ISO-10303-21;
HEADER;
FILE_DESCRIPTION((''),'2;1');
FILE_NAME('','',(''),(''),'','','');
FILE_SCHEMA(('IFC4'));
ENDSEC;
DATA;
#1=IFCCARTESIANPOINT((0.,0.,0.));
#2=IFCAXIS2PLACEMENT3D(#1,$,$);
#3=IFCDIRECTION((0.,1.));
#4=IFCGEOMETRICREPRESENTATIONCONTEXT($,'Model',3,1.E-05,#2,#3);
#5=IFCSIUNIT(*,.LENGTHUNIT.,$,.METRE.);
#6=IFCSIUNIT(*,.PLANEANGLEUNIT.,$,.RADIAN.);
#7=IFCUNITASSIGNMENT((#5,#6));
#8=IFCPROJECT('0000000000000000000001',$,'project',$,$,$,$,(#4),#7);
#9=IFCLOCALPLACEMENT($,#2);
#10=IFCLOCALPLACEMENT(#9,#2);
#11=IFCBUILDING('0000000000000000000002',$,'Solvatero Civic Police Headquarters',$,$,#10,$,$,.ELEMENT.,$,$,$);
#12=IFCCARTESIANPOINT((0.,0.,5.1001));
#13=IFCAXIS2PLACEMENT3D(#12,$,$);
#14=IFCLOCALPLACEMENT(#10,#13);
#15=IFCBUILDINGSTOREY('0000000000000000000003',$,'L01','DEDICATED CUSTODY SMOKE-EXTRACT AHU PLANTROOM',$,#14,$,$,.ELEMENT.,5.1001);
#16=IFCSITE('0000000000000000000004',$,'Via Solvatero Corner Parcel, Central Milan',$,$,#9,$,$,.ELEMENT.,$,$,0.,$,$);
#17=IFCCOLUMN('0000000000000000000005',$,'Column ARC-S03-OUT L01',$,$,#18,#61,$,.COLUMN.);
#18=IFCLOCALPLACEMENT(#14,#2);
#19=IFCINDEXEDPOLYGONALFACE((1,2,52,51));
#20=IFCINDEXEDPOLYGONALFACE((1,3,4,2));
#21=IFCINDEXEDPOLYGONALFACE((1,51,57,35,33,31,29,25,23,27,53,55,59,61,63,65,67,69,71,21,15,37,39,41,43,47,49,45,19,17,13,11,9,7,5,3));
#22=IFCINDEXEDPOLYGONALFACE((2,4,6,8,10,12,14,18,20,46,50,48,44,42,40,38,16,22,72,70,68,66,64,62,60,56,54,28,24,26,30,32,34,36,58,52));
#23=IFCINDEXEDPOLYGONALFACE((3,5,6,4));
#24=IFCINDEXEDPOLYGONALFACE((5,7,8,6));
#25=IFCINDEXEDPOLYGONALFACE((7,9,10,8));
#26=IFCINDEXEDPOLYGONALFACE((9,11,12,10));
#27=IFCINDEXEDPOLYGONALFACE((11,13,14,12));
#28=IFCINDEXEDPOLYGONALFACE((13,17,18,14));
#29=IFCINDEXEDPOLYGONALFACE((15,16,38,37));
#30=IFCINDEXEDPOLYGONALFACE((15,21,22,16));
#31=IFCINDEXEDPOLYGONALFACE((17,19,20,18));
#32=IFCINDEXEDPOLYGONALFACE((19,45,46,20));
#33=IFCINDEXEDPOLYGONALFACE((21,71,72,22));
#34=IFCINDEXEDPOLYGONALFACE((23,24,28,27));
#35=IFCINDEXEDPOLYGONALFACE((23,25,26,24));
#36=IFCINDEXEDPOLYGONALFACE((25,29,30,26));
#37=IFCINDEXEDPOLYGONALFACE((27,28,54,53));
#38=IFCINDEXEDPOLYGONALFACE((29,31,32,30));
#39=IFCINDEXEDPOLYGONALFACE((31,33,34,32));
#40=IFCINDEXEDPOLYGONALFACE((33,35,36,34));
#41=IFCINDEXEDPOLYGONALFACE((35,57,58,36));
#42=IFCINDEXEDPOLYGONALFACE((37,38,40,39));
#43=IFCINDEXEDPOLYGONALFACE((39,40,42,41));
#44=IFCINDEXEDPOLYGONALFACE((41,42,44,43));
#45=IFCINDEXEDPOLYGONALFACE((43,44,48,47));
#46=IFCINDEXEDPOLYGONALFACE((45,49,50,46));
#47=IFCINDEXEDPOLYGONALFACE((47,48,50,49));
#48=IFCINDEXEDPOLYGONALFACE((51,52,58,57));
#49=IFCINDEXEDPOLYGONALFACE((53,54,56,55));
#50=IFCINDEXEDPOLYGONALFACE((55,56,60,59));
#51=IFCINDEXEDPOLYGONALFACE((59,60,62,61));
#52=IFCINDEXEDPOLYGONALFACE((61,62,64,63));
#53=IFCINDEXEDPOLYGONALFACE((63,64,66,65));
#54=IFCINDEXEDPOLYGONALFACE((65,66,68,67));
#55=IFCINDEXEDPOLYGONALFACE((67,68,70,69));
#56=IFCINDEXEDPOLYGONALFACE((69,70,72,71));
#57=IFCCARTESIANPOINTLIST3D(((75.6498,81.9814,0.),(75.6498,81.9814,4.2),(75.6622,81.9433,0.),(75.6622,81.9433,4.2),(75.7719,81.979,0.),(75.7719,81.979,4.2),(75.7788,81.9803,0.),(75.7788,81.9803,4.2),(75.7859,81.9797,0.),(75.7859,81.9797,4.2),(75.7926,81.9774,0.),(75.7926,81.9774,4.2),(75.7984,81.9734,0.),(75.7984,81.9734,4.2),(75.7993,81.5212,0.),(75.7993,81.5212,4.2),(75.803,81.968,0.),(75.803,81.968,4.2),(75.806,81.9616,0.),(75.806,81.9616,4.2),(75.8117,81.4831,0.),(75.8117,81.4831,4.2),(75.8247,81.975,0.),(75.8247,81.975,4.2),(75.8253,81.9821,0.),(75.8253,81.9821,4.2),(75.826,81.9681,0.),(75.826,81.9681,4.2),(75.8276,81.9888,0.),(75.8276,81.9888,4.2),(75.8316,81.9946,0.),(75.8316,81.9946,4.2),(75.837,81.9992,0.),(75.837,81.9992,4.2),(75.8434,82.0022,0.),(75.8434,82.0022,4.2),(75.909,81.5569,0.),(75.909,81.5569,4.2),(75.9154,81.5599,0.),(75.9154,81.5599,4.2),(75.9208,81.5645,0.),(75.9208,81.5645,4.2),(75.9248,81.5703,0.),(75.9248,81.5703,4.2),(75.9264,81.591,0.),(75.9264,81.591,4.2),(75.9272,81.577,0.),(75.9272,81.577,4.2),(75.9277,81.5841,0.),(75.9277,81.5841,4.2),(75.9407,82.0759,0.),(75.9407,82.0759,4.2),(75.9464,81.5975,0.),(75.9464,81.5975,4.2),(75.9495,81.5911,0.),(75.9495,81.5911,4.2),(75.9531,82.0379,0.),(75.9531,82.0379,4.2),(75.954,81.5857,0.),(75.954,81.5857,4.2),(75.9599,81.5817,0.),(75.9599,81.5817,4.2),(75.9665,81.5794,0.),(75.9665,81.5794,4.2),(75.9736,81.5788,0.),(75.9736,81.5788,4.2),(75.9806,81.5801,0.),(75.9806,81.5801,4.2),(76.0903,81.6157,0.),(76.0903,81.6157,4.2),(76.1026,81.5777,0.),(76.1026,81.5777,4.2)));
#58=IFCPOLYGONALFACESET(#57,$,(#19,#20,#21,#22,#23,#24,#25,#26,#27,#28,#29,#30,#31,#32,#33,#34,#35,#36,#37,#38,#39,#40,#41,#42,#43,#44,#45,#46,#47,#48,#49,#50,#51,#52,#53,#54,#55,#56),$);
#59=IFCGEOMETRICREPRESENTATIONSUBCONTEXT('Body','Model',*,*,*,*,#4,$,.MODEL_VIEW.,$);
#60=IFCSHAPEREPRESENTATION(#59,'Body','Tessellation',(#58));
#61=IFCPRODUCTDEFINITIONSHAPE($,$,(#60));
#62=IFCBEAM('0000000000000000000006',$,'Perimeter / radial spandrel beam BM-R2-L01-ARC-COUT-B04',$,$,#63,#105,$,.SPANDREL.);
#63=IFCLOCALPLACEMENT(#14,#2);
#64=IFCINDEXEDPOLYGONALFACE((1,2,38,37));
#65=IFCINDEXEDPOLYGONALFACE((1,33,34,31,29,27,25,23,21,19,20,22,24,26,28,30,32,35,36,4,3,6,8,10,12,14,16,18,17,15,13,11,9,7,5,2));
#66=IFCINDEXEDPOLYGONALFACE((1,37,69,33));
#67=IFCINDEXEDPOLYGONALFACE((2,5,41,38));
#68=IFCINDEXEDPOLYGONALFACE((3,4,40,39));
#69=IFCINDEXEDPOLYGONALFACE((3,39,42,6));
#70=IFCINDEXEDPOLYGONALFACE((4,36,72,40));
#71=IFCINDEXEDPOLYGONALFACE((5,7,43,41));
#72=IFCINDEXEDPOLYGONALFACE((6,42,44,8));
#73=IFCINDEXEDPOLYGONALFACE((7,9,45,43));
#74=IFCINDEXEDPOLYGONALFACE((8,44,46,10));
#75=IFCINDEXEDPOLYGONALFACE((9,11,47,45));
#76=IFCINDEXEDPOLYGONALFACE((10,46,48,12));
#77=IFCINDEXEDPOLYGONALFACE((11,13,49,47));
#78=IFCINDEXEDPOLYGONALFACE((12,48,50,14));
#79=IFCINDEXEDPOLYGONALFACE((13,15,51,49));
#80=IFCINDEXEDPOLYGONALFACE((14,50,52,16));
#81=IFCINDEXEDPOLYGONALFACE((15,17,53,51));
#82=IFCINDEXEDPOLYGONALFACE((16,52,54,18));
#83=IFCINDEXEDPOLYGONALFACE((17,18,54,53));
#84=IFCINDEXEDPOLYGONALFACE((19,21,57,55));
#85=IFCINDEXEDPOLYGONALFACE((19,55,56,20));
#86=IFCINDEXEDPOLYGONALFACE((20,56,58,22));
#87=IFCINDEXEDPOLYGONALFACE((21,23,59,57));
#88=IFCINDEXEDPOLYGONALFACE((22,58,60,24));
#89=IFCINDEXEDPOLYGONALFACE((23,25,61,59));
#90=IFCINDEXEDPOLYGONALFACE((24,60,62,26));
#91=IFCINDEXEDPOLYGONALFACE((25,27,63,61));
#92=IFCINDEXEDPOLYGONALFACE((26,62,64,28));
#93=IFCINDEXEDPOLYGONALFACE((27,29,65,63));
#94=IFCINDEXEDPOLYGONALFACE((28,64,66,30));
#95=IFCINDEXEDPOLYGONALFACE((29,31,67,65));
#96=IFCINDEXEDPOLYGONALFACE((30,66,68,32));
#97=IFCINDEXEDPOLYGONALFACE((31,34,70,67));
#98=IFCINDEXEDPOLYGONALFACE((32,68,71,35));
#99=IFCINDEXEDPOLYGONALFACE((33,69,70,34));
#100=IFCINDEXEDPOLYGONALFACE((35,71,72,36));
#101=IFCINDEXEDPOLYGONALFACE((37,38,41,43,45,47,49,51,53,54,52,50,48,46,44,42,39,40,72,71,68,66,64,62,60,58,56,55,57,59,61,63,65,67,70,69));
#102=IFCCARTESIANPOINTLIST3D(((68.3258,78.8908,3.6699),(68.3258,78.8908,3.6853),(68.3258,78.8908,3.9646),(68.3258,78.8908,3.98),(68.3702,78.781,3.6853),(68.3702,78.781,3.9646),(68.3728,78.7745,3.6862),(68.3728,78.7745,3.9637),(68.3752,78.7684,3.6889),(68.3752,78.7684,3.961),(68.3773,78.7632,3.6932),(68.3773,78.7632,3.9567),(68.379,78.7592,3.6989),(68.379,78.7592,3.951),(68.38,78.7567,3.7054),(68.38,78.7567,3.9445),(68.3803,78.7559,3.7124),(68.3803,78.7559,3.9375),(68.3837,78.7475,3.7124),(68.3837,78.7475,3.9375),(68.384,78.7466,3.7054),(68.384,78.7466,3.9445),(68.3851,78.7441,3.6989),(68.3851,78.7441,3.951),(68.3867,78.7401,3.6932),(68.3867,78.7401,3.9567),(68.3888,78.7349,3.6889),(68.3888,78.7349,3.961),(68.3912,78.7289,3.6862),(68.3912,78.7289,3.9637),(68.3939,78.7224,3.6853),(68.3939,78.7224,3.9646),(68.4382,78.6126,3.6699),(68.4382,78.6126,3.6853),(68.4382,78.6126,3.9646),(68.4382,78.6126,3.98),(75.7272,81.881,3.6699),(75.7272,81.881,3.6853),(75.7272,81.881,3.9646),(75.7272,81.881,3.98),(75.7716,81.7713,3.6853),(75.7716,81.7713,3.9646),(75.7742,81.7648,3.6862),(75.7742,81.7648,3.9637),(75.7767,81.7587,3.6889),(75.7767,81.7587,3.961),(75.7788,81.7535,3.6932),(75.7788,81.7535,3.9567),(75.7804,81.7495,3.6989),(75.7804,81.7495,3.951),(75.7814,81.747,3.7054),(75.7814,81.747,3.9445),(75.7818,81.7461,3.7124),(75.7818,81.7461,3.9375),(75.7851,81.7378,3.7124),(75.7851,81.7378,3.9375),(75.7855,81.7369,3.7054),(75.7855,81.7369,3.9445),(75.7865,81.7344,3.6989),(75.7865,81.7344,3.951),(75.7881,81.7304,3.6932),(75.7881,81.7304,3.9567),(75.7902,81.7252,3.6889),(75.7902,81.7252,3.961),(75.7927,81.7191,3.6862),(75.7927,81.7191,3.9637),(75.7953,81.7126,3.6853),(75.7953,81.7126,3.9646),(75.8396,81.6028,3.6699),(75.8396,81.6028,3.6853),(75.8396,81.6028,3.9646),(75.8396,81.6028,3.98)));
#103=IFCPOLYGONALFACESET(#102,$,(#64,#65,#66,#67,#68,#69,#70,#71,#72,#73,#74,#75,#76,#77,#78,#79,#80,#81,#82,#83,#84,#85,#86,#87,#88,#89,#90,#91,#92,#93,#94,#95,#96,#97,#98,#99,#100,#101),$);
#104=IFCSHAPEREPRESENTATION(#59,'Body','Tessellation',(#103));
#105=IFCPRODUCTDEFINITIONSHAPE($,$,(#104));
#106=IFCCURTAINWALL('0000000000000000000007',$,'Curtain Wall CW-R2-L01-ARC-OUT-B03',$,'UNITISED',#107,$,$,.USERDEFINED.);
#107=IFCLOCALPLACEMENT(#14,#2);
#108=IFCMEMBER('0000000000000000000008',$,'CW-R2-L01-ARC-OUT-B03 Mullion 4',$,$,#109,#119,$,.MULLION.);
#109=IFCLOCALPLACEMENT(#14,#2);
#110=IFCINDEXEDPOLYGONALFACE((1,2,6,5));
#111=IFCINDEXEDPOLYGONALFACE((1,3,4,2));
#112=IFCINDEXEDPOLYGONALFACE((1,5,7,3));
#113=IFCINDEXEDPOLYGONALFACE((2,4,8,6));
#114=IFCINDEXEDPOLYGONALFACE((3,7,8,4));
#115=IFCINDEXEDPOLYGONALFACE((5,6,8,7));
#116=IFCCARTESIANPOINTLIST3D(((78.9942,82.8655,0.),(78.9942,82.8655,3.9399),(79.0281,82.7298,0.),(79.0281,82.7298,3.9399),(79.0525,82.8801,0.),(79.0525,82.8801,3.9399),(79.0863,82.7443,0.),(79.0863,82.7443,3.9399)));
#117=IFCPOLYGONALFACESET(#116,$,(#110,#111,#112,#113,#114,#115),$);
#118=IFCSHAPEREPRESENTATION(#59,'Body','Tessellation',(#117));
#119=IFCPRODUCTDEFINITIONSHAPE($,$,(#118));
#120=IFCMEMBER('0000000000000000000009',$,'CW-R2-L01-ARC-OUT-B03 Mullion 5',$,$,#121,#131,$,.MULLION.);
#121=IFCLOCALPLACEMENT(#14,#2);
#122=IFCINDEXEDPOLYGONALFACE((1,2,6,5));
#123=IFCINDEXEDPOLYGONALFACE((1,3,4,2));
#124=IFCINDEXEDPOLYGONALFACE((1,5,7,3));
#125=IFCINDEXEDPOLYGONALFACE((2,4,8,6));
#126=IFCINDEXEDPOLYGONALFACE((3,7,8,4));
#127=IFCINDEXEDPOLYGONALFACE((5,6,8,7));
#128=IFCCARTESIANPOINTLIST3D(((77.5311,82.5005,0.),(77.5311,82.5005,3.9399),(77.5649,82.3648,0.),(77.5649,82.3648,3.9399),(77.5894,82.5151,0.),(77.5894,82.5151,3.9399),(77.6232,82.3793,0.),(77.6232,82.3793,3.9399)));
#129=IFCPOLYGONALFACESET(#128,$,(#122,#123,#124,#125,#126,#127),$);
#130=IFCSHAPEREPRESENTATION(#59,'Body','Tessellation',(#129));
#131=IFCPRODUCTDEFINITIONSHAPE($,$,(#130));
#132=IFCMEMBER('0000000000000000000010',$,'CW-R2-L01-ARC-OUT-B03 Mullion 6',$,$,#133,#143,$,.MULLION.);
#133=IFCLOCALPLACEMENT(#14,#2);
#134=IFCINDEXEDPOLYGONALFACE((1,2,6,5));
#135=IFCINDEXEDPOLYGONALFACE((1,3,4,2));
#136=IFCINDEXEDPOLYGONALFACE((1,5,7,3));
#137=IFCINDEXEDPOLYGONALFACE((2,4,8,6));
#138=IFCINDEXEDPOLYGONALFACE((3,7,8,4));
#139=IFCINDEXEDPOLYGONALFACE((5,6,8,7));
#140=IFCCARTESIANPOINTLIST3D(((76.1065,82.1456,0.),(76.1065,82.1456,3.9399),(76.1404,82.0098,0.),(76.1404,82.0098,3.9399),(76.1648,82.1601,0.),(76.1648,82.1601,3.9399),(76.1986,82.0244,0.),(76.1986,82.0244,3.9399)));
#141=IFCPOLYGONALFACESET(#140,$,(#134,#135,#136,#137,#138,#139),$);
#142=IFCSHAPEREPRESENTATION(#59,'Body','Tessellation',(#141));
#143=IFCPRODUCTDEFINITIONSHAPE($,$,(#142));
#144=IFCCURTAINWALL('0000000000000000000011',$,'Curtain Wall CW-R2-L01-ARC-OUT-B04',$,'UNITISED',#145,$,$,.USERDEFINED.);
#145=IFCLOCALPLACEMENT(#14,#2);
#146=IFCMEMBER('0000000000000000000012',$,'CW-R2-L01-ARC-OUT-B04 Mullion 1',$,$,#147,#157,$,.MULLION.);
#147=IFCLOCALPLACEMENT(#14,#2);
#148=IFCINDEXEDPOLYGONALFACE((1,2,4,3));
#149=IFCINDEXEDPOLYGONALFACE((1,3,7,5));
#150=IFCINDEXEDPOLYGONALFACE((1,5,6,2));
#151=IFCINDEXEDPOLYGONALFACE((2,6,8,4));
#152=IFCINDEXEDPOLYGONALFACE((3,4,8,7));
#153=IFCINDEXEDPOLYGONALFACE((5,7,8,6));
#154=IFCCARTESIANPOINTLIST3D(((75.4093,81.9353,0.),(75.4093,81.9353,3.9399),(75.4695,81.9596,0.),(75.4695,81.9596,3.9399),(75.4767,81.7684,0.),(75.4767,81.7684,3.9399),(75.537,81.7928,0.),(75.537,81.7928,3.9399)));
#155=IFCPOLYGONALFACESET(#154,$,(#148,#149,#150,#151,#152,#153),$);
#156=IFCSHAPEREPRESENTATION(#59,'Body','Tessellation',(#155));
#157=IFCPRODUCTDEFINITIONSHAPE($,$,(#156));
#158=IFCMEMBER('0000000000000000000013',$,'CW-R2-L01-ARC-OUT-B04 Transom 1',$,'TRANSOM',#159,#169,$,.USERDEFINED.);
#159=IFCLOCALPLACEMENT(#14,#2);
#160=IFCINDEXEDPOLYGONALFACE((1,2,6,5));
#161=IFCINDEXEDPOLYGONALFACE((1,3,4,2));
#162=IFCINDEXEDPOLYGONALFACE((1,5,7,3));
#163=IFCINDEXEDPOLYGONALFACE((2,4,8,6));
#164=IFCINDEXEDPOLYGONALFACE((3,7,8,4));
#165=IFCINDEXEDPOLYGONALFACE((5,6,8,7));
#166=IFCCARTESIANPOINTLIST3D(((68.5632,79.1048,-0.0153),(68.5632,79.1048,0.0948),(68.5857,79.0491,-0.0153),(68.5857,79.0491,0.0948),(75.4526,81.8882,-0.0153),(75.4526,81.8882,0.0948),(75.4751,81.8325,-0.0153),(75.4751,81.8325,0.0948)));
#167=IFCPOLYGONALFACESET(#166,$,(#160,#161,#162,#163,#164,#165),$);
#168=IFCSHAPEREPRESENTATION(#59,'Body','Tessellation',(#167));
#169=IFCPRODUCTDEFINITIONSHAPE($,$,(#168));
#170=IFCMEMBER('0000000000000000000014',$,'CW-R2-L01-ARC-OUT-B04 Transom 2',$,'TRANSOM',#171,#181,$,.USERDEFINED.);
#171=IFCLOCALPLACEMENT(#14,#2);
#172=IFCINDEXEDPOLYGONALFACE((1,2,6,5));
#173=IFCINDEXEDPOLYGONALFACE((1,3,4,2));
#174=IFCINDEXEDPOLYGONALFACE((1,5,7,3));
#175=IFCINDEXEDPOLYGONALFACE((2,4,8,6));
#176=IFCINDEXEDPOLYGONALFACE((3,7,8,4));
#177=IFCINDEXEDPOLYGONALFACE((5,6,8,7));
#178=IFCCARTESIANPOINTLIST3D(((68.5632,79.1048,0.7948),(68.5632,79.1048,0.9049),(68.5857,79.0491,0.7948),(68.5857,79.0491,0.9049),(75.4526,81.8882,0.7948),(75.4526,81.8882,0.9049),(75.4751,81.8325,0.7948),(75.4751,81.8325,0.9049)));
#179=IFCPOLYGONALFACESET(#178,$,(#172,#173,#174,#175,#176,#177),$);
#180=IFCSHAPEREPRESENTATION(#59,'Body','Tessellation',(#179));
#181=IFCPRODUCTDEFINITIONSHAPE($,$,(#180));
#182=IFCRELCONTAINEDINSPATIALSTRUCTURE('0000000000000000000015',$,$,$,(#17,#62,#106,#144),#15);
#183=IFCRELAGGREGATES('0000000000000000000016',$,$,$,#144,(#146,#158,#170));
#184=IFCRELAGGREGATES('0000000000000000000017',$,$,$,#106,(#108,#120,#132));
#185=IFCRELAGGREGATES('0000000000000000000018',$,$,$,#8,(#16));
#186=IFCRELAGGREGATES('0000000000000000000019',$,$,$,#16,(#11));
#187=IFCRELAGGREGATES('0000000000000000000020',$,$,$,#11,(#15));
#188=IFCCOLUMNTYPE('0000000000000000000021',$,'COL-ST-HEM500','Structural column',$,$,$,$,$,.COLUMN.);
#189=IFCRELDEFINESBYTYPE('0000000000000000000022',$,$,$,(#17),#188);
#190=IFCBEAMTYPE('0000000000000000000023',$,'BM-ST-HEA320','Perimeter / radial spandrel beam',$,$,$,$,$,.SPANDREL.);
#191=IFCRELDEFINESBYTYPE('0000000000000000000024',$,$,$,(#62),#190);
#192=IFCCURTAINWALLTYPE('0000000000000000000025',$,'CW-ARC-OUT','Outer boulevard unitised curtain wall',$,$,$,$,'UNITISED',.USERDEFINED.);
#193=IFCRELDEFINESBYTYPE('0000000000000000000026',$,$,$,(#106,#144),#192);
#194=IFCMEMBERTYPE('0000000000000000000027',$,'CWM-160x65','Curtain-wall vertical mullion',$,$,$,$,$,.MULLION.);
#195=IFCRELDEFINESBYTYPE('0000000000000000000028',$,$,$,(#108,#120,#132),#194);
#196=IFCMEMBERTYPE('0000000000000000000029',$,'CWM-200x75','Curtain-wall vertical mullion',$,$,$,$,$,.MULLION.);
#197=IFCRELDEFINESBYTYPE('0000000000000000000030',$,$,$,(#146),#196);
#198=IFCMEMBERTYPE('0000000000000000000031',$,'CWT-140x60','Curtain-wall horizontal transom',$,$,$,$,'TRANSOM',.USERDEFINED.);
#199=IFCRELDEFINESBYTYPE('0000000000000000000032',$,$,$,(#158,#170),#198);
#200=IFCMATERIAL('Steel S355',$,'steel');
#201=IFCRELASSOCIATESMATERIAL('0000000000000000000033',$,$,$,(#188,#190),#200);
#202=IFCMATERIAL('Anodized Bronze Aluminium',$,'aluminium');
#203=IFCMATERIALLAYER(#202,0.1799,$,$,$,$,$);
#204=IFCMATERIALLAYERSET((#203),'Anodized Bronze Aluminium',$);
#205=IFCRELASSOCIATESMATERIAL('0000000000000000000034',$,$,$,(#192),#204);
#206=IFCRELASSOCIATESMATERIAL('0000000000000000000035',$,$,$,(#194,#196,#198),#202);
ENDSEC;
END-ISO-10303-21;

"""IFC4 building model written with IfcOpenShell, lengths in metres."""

from ifc_helpers import new_model, si_unit, direction, frame, origin, origin_2d, place, context, subcontext, project, spatial, rectangle, i_section, extrude, material, layer, layer_set, material_profile, profile_set, type_object, element, aggregate, save


model = new_model("IFC4")

# Units and contexts
model_context = context("Model", 3, precision=1e-05, world=origin(), true_north=direction((0.0, 1.0)))
body_context = subcontext(model_context, "Body", "Model", "MODEL_VIEW")
ifc_project = project(units=[si_unit("LENGTHUNIT", "METRE"), si_unit("PLANEANGLEUNIT", "RADIAN")], contexts=[model_context])

# Site, building, storey
site_placement = place(None, origin())
site = spatial("IfcSite", under=ifc_project, at=site_placement, Name="Via Solvatero Corner Parcel, Central Milan", CompositionType="ELEMENT", RefElevation=0.0)
building_placement = place(site_placement, origin())
building = spatial("IfcBuilding", under=site, at=building_placement, Name="Solvatero Civic Police Headquarters", CompositionType="ELEMENT")
storey_placement = place(building_placement, frame((0.0, 0.0, 5.1001)))
storey = spatial("IfcBuildingStorey", under=building, at=storey_placement, Name="L01", Description="DEDICATED CUSTODY SMOKE-EXTRACT AHU PLANTROOM", CompositionType="ELEMENT", Elevation=5.1001)

# Column
ifc_material_1 = material(Name="Steel S355", Category="steel")
ifc_material_profile_1 = material_profile(ifc_material_1, i_section(OverallWidth=0.3059, OverallDepth=0.5239, WebThickness=0.021, FlangeThickness=0.04, FilletRadius=0.0271, at=origin_2d()), Name="HEM 500")
ifc_profile_set_1 = profile_set([ifc_material_profile_1], Name="Steel S355")
column_type = type_object("IfcColumnType", Name="COL-ST-HEM500", Description="Structural column", PredefinedType="COLUMN", material=ifc_profile_set_1)
column_placement = place(storey_placement, frame((75.8762, 81.7795, 0.0), z_axis=(0.0, 0.0, 1.0), x_axis=(0.951057, 0.309017, 0.0)))
element("IfcColumn", 1, at=column_placement, inside=storey, type_object=column_type, Name="Column ARC-S03-OUT L01", PredefinedType="COLUMN", context=body_context, shape_type="SweptSolid", body=[
    extrude(i_section(OverallWidth=0.3059, OverallDepth=0.5239, WebThickness=0.021, FlangeThickness=0.04, FilletRadius=0.0271, at=origin_2d()), origin(), (0.0, 0.0, 1.0), 4.2),
])

# Beam
ifc_material_profile_2 = material_profile(ifc_material_1, i_section(OverallWidth=0.3, OverallDepth=0.3101, WebThickness=0.009, FlangeThickness=0.0154, FilletRadius=0.0271, at=origin_2d()), Name="HEA 320")
ifc_profile_set_2 = profile_set([ifc_material_profile_2], Name="Steel S355")
beam_type = type_object("IfcBeamType", Name="BM-ST-HEA320", Description="Perimeter / radial spandrel beam", PredefinedType="SPANDREL", material=ifc_profile_set_2)
beam_placement = place(storey_placement, frame((75.7834, 81.7419, 3.825), z_axis=(-0.927189, -0.374595, 0.0), x_axis=(0.374595, -0.927189, 0.0)))
element("IfcBeam", 2, at=beam_placement, inside=storey, type_object=beam_type, Name="Perimeter / radial spandrel beam BM-R2-L01-ARC-COUT-B04", PredefinedType="SPANDREL", context=body_context, shape_type="SweptSolid", body=[
    extrude(i_section(OverallWidth=0.3, OverallDepth=0.3101, WebThickness=0.009, FlangeThickness=0.0154, FilletRadius=0.0271, at=origin_2d()), origin(), (0.0, 0.0, 1.0), 7.9827),
])

# Curtain walls, members
ifc_material_2 = material(Name="Anodized Bronze Aluminium", Category="aluminium")
ifc_layer_1 = layer(ifc_material_2, 0.1799)
ifc_layer_set_1 = layer_set([ifc_layer_1], Name="Anodized Bronze Aluminium")
curtain_wall_type = type_object("IfcCurtainWallType", Name="CW-ARC-OUT", Description="Outer boulevard unitised curtain wall", ElementType="UNITISED", PredefinedType="USERDEFINED", material=ifc_layer_set_1)
curtain_wall_1_placement = place(storey_placement, origin())
curtain_wall_1 = element("IfcCurtainWall", 3, at=curtain_wall_1_placement, inside=storey, type_object=curtain_wall_type, Name="Curtain Wall CW-R2-L01-ARC-OUT-B03", ObjectType="UNITISED", PredefinedType="USERDEFINED")
ifc_material_profile_3 = material_profile(ifc_material_2, rectangle(XDim=0.0601, YDim=0.1399, at=origin_2d()), Name="ALU MULLION 60x140")
ifc_profile_set_3 = profile_set([ifc_material_profile_3], Name="Anodized Bronze Aluminium")
member_type_1 = type_object("IfcMemberType", Name="CWM-160x65", Description="Curtain-wall vertical mullion", PredefinedType="MULLION", material=ifc_profile_set_3)
member_1_placement = place(storey_placement, frame((79.0403, 82.8049, 0.0), z_axis=(0.0, 0.0, 1.0), x_axis=(-0.970296, -0.241922, 0.0)))
member_1 = element("IfcMember", 4, at=member_1_placement, type_object=member_type_1, Name="CW-R2-L01-ARC-OUT-B03 Mullion 4", PredefinedType="MULLION", context=body_context, shape_type="SweptSolid", body=[
    extrude(rectangle(XDim=0.0601, YDim=0.1399, at=origin_2d()), origin(), (0.0, 0.0, 1.0), 3.9399),
])
member_2_placement = place(storey_placement, frame((77.5771, 82.4399, 0.0), z_axis=(0.0, 0.0, 1.0), x_axis=(-0.970296, -0.241922, 0.0)))
member_2 = element("IfcMember", 5, at=member_2_placement, type_object=member_type_1, Name="CW-R2-L01-ARC-OUT-B03 Mullion 5", PredefinedType="MULLION", context=body_context, shape_type="SweptSolid", body=[
    extrude(rectangle(XDim=0.0601, YDim=0.1399, at=origin_2d()), origin(), (0.0, 0.0, 1.0), 3.9399),
])
member_3_placement = place(storey_placement, frame((76.1526, 82.085, 0.0), z_axis=(0.0, 0.0, 1.0), x_axis=(-0.970296, -0.241922, 0.0)))
member_3 = element("IfcMember", 6, at=member_3_placement, type_object=member_type_1, Name="CW-R2-L01-ARC-OUT-B03 Mullion 6", PredefinedType="MULLION", context=body_context, shape_type="SweptSolid", body=[
    extrude(rectangle(XDim=0.0601, YDim=0.1399, at=origin_2d()), origin(), (0.0, 0.0, 1.0), 3.9399),
])
curtain_wall_2_placement = place(storey_placement, origin())
curtain_wall_2 = element("IfcCurtainWall", 7, at=curtain_wall_2_placement, inside=storey, type_object=curtain_wall_type, Name="Curtain Wall CW-R2-L01-ARC-OUT-B04", ObjectType="UNITISED", PredefinedType="USERDEFINED")
ifc_material_profile_4 = material_profile(ifc_material_2, rectangle(XDim=0.0649, YDim=0.1799, at=origin_2d()), Name="ALU MULLION 65x180")
ifc_profile_set_4 = profile_set([ifc_material_profile_4], Name="Anodized Bronze Aluminium")
member_type_2 = type_object("IfcMemberType", Name="CWM-200x75", Description="Curtain-wall vertical mullion", PredefinedType="MULLION", material=ifc_profile_set_4)
member_4_placement = place(storey_placement, frame((75.4731, 81.864, 0.0), z_axis=(0.0, 0.0, 1.0), x_axis=(-0.927184, -0.374607, 0.0)))
member_4 = element("IfcMember", 8, at=member_4_placement, type_object=member_type_2, Name="CW-R2-L01-ARC-OUT-B04 Mullion 1", PredefinedType="MULLION", context=body_context, shape_type="SweptSolid", body=[
    extrude(rectangle(XDim=0.0649, YDim=0.1799, at=origin_2d()), origin(), (0.0, 0.0, 1.0), 3.9399),
])
ifc_material_profile_5 = material_profile(ifc_material_2, rectangle(XDim=0.0601, YDim=0.1101, at=origin_2d()), Name="ALU TRANSOM 60x110")
ifc_profile_set_5 = profile_set([ifc_material_profile_5], Name="Anodized Bronze Aluminium")
member_type_3 = type_object("IfcMemberType", Name="CWT-140x60", Description="Curtain-wall horizontal transom", ElementType="TRANSOM", PredefinedType="USERDEFINED", material=ifc_profile_set_5)
member_5_placement = place(storey_placement, frame((75.4639, 81.8604, 0.0398), z_axis=(-0.927186, -0.3746, 0.0), x_axis=(0.3746, -0.927186, 0.0)))
member_5 = element("IfcMember", 9, at=member_5_placement, type_object=member_type_3, Name="CW-R2-L01-ARC-OUT-B04 Transom 1", ObjectType="TRANSOM", PredefinedType="USERDEFINED", context=body_context, shape_type="SweptSolid", body=[
    extrude(rectangle(XDim=0.0601, YDim=0.1101, at=origin_2d()), origin(), (0.0, 0.0, 1.0), 7.4304),
])
member_6_placement = place(storey_placement, frame((75.4639, 81.8604, 0.8499), z_axis=(-0.927186, -0.3746, 0.0), x_axis=(0.3746, -0.927186, 0.0)))
member_6 = element("IfcMember", 10, at=member_6_placement, type_object=member_type_3, Name="CW-R2-L01-ARC-OUT-B04 Transom 2", ObjectType="TRANSOM", PredefinedType="USERDEFINED", context=body_context, shape_type="SweptSolid", body=[
    extrude(rectangle(XDim=0.0601, YDim=0.1101, at=origin_2d()), origin(), (0.0, 0.0, 1.0), 7.4304),
])

aggregate(curtain_wall_2, [member_4, member_5, member_6])
aggregate(curtain_wall_1, [member_1, member_2, member_3])

save(model, "model.ifc")
